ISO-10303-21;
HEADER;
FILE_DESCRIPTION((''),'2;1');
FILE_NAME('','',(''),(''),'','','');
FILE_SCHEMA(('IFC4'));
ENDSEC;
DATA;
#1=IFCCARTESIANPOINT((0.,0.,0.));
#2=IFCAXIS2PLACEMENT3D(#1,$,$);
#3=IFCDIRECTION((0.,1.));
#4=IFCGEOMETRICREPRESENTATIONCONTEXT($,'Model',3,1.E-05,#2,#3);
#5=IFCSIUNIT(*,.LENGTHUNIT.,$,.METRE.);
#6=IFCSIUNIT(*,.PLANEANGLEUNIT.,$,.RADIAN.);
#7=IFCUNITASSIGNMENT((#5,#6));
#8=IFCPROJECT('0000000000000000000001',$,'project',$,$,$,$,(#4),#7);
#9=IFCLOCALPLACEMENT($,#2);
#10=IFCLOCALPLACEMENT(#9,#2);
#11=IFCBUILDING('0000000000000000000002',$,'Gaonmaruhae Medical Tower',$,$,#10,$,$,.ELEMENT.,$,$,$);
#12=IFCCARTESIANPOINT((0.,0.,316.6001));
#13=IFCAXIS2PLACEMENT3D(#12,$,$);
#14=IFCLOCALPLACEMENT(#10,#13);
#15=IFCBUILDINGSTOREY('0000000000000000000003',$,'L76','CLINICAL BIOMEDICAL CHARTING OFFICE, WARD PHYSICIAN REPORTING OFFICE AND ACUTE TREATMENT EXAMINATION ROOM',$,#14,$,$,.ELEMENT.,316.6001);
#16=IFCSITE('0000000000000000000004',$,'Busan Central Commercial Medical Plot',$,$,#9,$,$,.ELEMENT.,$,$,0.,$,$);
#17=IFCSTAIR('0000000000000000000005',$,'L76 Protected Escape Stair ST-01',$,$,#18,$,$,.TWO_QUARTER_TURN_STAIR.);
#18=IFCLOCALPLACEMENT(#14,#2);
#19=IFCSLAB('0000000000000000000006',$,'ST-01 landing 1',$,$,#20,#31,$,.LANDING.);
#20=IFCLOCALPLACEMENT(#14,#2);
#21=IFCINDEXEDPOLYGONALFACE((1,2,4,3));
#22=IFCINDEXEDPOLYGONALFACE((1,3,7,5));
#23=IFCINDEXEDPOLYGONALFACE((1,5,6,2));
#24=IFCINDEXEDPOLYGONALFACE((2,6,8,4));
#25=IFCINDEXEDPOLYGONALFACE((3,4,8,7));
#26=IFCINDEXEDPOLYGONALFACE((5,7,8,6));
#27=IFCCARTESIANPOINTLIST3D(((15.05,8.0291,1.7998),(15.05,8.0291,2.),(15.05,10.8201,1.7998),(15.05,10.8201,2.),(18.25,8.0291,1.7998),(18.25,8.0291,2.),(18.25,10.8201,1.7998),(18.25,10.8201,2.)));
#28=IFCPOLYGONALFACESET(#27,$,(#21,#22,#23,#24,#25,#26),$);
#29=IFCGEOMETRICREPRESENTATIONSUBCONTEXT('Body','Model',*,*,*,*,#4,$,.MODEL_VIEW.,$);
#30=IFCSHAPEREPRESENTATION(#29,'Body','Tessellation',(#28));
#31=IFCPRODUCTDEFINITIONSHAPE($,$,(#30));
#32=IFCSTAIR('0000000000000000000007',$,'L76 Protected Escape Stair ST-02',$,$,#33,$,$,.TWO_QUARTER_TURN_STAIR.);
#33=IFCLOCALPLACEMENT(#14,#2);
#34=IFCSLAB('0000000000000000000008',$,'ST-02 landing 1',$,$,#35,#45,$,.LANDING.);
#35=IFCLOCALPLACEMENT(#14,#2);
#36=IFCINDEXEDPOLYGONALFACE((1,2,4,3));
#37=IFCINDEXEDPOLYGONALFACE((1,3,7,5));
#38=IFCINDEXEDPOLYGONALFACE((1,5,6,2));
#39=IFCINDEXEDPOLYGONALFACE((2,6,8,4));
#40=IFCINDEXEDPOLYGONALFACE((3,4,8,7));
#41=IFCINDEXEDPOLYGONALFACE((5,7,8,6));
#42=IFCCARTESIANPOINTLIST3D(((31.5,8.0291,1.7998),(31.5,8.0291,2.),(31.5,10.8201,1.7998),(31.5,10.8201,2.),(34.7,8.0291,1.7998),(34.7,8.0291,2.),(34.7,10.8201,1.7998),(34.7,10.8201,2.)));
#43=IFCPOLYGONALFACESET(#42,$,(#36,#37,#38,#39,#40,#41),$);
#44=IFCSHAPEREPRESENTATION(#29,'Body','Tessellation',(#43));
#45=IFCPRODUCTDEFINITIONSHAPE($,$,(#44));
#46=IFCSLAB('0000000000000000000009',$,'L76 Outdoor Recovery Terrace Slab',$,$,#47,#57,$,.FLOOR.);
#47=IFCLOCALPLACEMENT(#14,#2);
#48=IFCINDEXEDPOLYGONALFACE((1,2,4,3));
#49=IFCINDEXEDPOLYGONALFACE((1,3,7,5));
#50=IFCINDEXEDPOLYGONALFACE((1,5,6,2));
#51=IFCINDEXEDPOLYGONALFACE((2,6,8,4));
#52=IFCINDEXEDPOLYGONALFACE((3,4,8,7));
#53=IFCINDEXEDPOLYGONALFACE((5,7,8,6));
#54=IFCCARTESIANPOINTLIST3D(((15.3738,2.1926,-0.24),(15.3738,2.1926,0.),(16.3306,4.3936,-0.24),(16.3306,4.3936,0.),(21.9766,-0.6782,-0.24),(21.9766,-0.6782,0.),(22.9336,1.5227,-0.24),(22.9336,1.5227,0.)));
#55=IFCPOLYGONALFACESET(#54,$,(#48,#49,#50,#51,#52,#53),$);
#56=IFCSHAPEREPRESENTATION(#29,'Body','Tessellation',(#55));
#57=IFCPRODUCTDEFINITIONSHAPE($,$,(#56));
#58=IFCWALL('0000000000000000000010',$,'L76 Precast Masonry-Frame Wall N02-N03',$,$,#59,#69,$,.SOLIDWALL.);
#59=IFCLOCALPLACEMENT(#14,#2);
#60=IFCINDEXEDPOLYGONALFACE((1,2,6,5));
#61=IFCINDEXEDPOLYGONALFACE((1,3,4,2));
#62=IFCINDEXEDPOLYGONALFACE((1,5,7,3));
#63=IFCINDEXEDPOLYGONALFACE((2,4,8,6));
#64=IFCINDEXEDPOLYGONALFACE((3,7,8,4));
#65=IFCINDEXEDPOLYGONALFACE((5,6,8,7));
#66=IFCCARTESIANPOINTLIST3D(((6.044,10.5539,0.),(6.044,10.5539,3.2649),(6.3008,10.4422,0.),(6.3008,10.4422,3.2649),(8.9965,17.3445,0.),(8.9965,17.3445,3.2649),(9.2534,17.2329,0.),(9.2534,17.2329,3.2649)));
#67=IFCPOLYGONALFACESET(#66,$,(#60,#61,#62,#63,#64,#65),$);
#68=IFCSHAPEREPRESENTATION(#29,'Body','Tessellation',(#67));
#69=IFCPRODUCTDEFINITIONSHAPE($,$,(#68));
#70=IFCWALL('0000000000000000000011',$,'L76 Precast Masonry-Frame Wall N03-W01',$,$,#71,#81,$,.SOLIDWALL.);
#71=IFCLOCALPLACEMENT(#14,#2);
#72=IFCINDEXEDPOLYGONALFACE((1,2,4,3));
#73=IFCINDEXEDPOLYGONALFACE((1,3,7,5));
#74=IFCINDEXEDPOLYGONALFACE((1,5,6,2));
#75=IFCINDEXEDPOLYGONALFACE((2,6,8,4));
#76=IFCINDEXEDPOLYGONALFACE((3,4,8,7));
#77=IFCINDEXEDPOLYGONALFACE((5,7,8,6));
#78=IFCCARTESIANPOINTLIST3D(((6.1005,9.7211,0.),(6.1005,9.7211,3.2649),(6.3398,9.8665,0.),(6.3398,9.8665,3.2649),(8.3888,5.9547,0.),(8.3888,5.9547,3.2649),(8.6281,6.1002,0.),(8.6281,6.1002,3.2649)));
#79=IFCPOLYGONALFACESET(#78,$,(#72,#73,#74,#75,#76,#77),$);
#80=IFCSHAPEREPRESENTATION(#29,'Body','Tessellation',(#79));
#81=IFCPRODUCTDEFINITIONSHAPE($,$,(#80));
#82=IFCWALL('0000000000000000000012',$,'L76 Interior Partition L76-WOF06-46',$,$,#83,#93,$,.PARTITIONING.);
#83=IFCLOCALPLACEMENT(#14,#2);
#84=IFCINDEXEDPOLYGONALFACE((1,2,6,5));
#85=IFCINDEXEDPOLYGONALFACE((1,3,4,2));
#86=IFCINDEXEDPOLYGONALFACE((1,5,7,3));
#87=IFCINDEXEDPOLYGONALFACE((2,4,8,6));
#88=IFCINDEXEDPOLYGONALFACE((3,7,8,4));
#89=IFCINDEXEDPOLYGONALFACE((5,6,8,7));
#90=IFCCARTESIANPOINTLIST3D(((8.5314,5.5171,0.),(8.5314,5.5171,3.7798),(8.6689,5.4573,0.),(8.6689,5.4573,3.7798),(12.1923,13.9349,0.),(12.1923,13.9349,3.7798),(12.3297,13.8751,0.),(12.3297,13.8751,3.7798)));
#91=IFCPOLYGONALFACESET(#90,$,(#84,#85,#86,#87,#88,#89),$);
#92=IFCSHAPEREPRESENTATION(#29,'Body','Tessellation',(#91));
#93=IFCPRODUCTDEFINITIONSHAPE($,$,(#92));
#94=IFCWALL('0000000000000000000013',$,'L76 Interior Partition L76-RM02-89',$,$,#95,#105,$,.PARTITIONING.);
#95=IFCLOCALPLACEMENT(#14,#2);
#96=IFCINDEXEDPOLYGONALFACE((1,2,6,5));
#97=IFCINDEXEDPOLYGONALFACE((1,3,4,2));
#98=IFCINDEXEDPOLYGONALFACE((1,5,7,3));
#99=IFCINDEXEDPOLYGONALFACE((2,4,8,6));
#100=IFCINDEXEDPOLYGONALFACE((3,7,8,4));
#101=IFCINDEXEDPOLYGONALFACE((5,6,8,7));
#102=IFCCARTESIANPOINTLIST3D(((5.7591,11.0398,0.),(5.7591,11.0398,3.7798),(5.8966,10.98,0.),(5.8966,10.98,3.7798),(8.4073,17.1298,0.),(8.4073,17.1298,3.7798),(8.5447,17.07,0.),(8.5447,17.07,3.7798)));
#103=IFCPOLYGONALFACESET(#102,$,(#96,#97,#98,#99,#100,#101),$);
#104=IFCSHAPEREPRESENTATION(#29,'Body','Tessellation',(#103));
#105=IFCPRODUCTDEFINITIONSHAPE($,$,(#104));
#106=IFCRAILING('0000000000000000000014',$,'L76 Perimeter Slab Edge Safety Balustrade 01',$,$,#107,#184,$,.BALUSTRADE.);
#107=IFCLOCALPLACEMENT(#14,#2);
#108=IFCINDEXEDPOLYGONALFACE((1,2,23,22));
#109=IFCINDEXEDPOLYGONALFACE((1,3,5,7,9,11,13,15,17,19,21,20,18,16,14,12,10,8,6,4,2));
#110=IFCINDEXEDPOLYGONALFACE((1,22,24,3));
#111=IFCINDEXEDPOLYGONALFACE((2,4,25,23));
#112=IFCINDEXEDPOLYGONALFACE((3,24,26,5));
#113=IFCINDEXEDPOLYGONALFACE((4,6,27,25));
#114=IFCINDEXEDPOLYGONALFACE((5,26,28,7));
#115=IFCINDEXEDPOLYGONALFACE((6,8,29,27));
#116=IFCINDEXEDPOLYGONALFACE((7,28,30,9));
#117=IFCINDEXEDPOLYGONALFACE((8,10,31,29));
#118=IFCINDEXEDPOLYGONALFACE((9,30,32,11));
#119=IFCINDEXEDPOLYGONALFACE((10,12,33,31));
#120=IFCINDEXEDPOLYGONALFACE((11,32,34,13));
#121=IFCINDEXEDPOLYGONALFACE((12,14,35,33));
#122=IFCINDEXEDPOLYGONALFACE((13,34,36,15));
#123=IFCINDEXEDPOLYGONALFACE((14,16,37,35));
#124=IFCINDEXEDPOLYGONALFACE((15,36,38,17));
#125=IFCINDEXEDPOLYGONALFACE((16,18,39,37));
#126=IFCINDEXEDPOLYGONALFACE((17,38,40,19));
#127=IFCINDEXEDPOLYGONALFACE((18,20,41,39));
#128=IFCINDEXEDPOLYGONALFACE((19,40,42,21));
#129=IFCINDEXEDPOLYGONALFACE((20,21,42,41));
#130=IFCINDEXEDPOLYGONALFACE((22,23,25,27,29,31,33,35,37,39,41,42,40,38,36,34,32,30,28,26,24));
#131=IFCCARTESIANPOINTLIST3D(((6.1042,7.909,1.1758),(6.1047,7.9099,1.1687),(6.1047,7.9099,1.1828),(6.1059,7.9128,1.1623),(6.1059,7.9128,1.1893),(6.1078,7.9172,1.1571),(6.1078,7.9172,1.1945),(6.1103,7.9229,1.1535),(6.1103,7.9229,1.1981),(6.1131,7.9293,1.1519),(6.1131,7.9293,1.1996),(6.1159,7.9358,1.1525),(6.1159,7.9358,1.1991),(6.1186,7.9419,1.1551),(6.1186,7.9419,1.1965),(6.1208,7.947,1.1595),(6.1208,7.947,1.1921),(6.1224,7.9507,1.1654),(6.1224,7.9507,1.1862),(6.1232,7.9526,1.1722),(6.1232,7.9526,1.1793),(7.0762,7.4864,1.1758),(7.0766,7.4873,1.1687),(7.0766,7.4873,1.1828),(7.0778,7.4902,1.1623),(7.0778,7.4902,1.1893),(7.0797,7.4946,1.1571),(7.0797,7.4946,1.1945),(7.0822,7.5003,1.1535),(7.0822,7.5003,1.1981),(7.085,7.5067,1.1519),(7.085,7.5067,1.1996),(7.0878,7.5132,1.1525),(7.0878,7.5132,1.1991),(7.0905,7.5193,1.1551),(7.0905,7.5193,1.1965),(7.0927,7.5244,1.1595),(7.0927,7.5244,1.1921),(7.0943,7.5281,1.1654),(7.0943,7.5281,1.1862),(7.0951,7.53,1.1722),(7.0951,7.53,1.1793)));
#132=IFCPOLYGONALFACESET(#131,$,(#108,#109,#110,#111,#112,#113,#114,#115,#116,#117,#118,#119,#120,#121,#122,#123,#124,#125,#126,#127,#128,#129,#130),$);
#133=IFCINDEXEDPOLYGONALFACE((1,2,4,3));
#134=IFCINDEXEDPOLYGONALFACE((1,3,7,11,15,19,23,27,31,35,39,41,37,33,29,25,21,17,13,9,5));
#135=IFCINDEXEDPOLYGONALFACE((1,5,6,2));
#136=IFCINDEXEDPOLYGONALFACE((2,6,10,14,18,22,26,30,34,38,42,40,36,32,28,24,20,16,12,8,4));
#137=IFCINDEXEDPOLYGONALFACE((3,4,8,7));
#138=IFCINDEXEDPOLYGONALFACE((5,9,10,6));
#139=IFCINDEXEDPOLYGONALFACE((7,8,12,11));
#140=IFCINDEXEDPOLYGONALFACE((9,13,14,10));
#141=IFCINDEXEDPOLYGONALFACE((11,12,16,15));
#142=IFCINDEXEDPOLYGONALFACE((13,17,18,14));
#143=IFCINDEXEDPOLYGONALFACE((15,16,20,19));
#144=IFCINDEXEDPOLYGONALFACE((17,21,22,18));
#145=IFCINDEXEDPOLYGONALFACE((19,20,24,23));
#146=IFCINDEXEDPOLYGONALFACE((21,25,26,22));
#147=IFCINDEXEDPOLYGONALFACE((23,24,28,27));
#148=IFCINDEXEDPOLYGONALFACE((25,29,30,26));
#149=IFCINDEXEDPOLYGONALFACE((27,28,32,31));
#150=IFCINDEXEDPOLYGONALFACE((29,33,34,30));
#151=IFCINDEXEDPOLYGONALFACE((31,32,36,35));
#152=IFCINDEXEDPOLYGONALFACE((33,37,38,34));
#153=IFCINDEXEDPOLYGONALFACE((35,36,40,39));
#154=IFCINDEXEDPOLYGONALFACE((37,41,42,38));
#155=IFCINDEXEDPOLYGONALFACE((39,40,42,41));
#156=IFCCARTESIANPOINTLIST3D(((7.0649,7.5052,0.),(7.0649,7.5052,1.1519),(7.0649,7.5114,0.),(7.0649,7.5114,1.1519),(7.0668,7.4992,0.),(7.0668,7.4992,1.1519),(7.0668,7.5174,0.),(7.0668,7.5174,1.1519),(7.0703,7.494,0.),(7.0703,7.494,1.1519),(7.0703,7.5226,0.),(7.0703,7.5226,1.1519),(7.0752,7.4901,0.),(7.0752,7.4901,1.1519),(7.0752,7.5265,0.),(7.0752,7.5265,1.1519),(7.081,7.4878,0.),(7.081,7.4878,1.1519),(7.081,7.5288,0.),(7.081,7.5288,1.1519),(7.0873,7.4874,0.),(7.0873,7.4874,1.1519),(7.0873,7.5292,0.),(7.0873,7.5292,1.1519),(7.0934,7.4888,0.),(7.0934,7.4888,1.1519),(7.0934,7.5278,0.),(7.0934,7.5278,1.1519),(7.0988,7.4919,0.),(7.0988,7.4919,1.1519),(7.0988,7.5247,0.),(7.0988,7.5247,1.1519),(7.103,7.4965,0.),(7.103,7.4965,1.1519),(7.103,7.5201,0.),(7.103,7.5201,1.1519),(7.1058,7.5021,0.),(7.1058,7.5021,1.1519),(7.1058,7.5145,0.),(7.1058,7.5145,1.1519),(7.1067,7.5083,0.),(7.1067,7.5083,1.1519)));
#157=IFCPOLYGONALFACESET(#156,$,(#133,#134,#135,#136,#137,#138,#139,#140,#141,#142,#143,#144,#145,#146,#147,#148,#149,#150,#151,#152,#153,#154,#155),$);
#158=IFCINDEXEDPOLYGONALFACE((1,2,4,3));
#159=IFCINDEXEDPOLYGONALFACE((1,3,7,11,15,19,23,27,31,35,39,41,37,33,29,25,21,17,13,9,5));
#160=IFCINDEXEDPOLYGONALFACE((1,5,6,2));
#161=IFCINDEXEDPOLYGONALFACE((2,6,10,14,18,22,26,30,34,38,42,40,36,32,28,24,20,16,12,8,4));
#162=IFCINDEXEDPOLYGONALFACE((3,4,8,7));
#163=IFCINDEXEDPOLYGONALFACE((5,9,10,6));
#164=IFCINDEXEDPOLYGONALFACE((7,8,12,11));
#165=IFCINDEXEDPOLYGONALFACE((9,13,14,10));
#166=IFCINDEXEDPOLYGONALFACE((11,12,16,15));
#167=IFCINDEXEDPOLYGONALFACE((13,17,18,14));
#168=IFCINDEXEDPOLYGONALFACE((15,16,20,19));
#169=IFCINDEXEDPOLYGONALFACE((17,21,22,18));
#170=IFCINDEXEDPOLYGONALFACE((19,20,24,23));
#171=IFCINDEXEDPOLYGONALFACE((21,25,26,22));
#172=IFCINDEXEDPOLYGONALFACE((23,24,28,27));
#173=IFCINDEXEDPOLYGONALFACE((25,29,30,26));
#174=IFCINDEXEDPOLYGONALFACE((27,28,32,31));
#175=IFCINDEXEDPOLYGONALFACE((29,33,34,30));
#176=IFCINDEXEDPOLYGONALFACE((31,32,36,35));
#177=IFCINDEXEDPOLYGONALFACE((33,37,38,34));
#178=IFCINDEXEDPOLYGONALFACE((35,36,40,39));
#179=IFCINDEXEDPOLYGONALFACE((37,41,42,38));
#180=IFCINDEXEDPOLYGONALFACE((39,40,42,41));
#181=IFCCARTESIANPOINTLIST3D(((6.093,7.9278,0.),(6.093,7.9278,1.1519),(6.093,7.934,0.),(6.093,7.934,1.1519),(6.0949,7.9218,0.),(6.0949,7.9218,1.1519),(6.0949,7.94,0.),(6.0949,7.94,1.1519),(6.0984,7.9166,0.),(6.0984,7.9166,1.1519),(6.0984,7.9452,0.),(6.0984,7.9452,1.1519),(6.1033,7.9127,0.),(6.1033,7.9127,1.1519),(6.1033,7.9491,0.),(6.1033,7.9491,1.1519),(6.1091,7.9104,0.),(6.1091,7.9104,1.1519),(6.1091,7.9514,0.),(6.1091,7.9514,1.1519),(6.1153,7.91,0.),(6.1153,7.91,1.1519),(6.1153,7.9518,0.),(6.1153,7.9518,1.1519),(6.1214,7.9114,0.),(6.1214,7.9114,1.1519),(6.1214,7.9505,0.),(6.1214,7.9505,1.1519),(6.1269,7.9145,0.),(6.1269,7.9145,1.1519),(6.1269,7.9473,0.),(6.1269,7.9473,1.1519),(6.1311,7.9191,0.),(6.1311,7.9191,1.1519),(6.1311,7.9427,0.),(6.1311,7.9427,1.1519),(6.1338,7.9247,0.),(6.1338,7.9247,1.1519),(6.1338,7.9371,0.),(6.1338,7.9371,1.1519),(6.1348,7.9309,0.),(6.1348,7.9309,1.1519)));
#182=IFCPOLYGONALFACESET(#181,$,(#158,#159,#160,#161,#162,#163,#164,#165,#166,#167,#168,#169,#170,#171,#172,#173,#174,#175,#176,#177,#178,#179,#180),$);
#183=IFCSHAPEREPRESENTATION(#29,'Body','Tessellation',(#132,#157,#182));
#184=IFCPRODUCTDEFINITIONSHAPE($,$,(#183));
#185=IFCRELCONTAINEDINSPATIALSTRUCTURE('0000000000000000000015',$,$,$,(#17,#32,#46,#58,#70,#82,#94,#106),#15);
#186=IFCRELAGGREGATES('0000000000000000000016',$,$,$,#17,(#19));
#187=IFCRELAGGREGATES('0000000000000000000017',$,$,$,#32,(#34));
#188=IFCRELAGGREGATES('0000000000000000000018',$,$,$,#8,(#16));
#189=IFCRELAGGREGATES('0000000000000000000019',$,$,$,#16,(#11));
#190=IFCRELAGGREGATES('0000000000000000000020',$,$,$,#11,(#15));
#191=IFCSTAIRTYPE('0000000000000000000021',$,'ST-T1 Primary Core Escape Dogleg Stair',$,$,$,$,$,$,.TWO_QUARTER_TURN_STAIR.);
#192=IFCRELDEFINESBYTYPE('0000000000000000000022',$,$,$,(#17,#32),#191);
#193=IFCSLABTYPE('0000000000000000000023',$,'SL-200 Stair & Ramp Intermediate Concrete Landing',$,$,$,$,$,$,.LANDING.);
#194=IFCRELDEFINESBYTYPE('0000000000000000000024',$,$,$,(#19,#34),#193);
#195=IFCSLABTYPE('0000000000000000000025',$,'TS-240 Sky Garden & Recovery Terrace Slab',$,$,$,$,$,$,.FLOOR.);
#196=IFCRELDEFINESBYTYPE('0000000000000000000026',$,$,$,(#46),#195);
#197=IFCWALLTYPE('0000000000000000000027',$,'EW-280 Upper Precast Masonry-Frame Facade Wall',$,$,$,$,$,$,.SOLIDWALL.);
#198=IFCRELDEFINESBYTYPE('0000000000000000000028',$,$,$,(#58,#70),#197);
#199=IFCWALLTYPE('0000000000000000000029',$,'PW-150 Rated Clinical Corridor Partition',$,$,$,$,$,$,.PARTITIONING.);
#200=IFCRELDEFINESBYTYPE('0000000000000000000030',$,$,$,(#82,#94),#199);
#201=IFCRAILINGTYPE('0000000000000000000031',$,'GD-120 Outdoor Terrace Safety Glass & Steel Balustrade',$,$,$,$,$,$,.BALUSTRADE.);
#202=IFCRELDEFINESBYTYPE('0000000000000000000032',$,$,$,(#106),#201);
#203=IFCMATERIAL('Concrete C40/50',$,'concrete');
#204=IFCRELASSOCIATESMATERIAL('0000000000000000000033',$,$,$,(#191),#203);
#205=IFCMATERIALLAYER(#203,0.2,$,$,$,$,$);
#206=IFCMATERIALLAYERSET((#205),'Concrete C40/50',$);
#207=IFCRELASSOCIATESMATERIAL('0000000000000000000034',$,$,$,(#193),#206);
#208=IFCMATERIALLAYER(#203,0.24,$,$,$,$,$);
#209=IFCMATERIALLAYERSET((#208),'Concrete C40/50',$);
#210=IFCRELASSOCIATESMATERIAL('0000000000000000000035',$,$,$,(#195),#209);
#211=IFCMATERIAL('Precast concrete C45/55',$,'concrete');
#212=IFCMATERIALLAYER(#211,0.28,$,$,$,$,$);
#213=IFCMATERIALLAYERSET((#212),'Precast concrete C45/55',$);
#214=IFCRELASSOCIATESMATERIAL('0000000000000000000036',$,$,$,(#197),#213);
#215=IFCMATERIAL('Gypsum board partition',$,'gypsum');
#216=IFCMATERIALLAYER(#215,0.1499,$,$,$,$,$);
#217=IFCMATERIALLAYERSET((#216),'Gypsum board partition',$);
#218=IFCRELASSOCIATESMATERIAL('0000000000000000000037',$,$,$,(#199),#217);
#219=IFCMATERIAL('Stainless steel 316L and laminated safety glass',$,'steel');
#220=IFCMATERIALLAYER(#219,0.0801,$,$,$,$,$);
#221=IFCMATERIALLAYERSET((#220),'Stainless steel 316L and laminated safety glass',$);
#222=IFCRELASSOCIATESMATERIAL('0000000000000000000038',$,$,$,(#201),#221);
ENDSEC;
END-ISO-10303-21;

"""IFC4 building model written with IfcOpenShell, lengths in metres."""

from ifc_helpers import new_model, si_unit, direction, frame, frame_2d, origin, origin_2d, place, context, subcontext, project, spatial, polyline, rectangle, circle, outline, extrude, material, layer, layer_set, type_object, element, aggregate, save


model = new_model("IFC4")

# Units and contexts
model_context = context("Model", 3, precision=1e-05, world=origin(), true_north=direction((0.0, 1.0)))
body_context = subcontext(model_context, "Body", "Model", "MODEL_VIEW")
ifc_project = project(units=[si_unit("LENGTHUNIT", "METRE"), si_unit("PLANEANGLEUNIT", "RADIAN")], contexts=[model_context])

# Site, building, storey
site_placement = place(None, origin())
site = spatial("IfcSite", under=ifc_project, at=site_placement, Name="Busan Central Commercial Medical Plot", CompositionType="ELEMENT", RefElevation=0.0)
building_placement = place(site_placement, origin())
building = spatial("IfcBuilding", under=site, at=building_placement, Name="Gaonmaruhae Medical Tower", CompositionType="ELEMENT")
storey_placement = place(building_placement, frame((0.0, 0.0, 316.6001)))
storey = spatial("IfcBuildingStorey", under=building, at=storey_placement, Name="L76", Description="CLINICAL BIOMEDICAL CHARTING OFFICE, WARD PHYSICIAN REPORTING OFFICE AND ACUTE TREATMENT EXAMINATION ROOM", CompositionType="ELEMENT", Elevation=316.6001)

# Shared definitions
ifc_material_1 = material(Name="Concrete C40/50", Category="concrete")

# Stairs, slabs
stair_type = type_object("IfcStairType", Name="ST-T1 Primary Core Escape Dogleg Stair", PredefinedType="TWO_QUARTER_TURN_STAIR", material=ifc_material_1)
stair_1_placement = place(storey_placement, origin())
stair_1 = element("IfcStair", 1, at=stair_1_placement, inside=storey, type_object=stair_type, Name="L76 Protected Escape Stair ST-01", PredefinedType="TWO_QUARTER_TURN_STAIR")
ifc_layer_1 = layer(ifc_material_1, 0.2)
ifc_layer_set_1 = layer_set([ifc_layer_1], Name="Concrete C40/50")
slab_type_1 = type_object("IfcSlabType", Name="SL-200 Stair & Ramp Intermediate Concrete Landing", PredefinedType="LANDING", material=ifc_layer_set_1)
slab_1_placement = place(storey_placement, frame((0.0, 0.0, 1.7998)))
slab_1 = element("IfcSlab", 2, at=slab_1_placement, type_object=slab_type_1, Name="ST-01 landing 1", PredefinedType="LANDING", context=body_context, shape_type="SweptSolid", body=[
    extrude(outline(polyline([(15.05, 10.8201), (15.05, 8.0291), (18.25, 8.0291), (18.25, 10.8201), (15.05, 10.8201)])), origin(), (0.0, 0.0, 1.0), 0.2002),
])
aggregate(stair_1, [slab_1])
stair_2_placement = place(storey_placement, origin())
stair_2 = element("IfcStair", 3, at=stair_2_placement, inside=storey, type_object=stair_type, Name="L76 Protected Escape Stair ST-02", PredefinedType="TWO_QUARTER_TURN_STAIR")
slab_2_placement = place(storey_placement, frame((0.0, 0.0, 1.7998)))
slab_2 = element("IfcSlab", 4, at=slab_2_placement, type_object=slab_type_1, Name="ST-02 landing 1", PredefinedType="LANDING", context=body_context, shape_type="SweptSolid", body=[
    extrude(outline(polyline([(31.5, 10.8201), (31.5, 8.0291), (34.7, 8.0291), (34.7, 10.8201), (31.5, 10.8201)])), origin(), (0.0, 0.0, 1.0), 0.2002),
])
aggregate(stair_2, [slab_2])

# Slab
ifc_layer_2 = layer(ifc_material_1, 0.24)
ifc_layer_set_2 = layer_set([ifc_layer_2], Name="Concrete C40/50")
slab_type_2 = type_object("IfcSlabType", Name="TS-240 Sky Garden & Recovery Terrace Slab", PredefinedType="FLOOR", material=ifc_layer_set_2)
slab_3_placement = place(storey_placement, frame((0.0, 0.0, -0.24)))
element("IfcSlab", 5, at=slab_3_placement, inside=storey, type_object=slab_type_2, Name="L76 Outdoor Recovery Terrace Slab", PredefinedType="FLOOR", context=body_context, shape_type="SweptSolid", body=[
    extrude(outline(polyline([(21.9766, -0.6782), (22.9336, 1.5227), (16.3306, 4.3936), (15.3738, 2.1926), (21.9766, -0.6782)])), origin(), (0.0, 0.0, 1.0), 0.24),
])

# Walls
ifc_material_2 = material(Name="Precast concrete C45/55", Category="concrete")
ifc_layer_3 = layer(ifc_material_2, 0.28)
ifc_layer_set_3 = layer_set([ifc_layer_3], Name="Precast concrete C45/55")
wall_type_1 = type_object("IfcWallType", Name="EW-280 Upper Precast Masonry-Frame Facade Wall", PredefinedType="SOLIDWALL", material=ifc_layer_set_3)
wall_1_placement = place(storey_placement, frame((6.1724, 10.498, 0.0), z_axis=(0.0, 0.0, 1.0), x_axis=(0.398741, 0.917064, 0.0)))
element("IfcWall", 6, at=wall_1_placement, inside=storey, type_object=wall_type_1, Name="L76 Precast Masonry-Frame Wall N02-N03", PredefinedType="SOLIDWALL", context=body_context, shape_type="SweptSolid", body=[
    extrude(rectangle(XDim=7.4048, YDim=0.28, at=frame_2d((3.7024, 0.0))), origin(), (0.0, 0.0, 1.0), 3.2649),
])
wall_2_placement = place(storey_placement, frame((8.5085, 6.0273, 0.0), z_axis=(0.0, 0.0, 1.0), x_axis=(-0.519246, 0.854625, 0.0)))
element("IfcWall", 7, at=wall_2_placement, inside=storey, type_object=wall_type_1, Name="L76 Precast Masonry-Frame Wall N03-W01", PredefinedType="SOLIDWALL", context=body_context, shape_type="SweptSolid", body=[
    extrude(rectangle(XDim=4.407, YDim=0.28, at=frame_2d((2.2036, 0.0))), origin(), (0.0, 0.0, 1.0), 3.2649),
])
ifc_material_3 = material(Name="Gypsum board partition", Category="gypsum")
ifc_layer_4 = layer(ifc_material_3, 0.1499)
ifc_layer_set_4 = layer_set([ifc_layer_4], Name="Gypsum board partition")
wall_type_2 = type_object("IfcWallType", Name="PW-150 Rated Clinical Corridor Partition", PredefinedType="PARTITIONING", material=ifc_layer_set_4)
wall_3_placement = place(storey_placement, frame((8.6001, 5.4871, 0.0), z_axis=(0.0, 0.0, 1.0), x_axis=(0.398809, 0.917034, 0.0)))
element("IfcWall", 8, at=wall_3_placement, inside=storey, type_object=wall_type_2, Name="L76 Interior Partition L76-WOF06-46", PredefinedType="PARTITIONING", context=body_context, shape_type="SweptSolid", body=[
    extrude(rectangle(XDim=9.1794, YDim=0.1499, at=frame_2d((4.5898, 0.0))), origin(), (0.0, 0.0, 1.0), 3.7798),
])
wall_4_placement = place(storey_placement, frame((5.8279, 11.01, 0.0), z_axis=(0.0, 0.0, 1.0), x_axis=(0.398768, 0.917052, 0.0)))
element("IfcWall", 9, at=wall_4_placement, inside=storey, type_object=wall_type_2, Name="L76 Interior Partition L76-RM02-89", PredefinedType="PARTITIONING", context=body_context, shape_type="SweptSolid", body=[
    extrude(rectangle(XDim=6.6409, YDim=0.1499, at=frame_2d((3.3203, 0.0))), origin(), (0.0, 0.0, 1.0), 3.7798),
])

# Railing
ifc_material_4 = material(Name="Stainless steel 316L and laminated safety glass", Category="steel")
ifc_layer_5 = layer(ifc_material_4, 0.0801)
ifc_layer_set_5 = layer_set([ifc_layer_5], Name="Stainless steel 316L and laminated safety glass")
railing_type = type_object("IfcRailingType", Name="GD-120 Outdoor Terrace Safety Glass & Steel Balustrade", PredefinedType="BALUSTRADE", material=ifc_layer_set_5)
railing_1_placement = place(storey_placement, frame((7.0857, 7.5083, 0.0)))
element("IfcRailing", 10, at=railing_1_placement, inside=storey, type_object=railing_type, Name="L76 Perimeter Slab Edge Safety Balustrade 01", PredefinedType="BALUSTRADE", context=body_context, shape_type="SweptSolid", body=[
    extrude(circle(Radius=0.0239, at=origin_2d()), frame((0.0, 0.0, 1.1758), z_axis=(-0.917059, 0.398751, 0.0), x_axis=(-0.398751, -0.917059, 0.0)), (0.0, 0.0, 1.0), 1.0598),
    extrude(circle(Radius=0.021, at=origin_2d()), origin(), (0.0, 0.0, 1.0), 1.1519),
    extrude(circle(Radius=0.021, at=origin_2d()), frame((-0.9719, 0.4226, 0.0)), (0.0, 0.0, 1.0), 1.1519),
])

save(model, "model.ifc")
